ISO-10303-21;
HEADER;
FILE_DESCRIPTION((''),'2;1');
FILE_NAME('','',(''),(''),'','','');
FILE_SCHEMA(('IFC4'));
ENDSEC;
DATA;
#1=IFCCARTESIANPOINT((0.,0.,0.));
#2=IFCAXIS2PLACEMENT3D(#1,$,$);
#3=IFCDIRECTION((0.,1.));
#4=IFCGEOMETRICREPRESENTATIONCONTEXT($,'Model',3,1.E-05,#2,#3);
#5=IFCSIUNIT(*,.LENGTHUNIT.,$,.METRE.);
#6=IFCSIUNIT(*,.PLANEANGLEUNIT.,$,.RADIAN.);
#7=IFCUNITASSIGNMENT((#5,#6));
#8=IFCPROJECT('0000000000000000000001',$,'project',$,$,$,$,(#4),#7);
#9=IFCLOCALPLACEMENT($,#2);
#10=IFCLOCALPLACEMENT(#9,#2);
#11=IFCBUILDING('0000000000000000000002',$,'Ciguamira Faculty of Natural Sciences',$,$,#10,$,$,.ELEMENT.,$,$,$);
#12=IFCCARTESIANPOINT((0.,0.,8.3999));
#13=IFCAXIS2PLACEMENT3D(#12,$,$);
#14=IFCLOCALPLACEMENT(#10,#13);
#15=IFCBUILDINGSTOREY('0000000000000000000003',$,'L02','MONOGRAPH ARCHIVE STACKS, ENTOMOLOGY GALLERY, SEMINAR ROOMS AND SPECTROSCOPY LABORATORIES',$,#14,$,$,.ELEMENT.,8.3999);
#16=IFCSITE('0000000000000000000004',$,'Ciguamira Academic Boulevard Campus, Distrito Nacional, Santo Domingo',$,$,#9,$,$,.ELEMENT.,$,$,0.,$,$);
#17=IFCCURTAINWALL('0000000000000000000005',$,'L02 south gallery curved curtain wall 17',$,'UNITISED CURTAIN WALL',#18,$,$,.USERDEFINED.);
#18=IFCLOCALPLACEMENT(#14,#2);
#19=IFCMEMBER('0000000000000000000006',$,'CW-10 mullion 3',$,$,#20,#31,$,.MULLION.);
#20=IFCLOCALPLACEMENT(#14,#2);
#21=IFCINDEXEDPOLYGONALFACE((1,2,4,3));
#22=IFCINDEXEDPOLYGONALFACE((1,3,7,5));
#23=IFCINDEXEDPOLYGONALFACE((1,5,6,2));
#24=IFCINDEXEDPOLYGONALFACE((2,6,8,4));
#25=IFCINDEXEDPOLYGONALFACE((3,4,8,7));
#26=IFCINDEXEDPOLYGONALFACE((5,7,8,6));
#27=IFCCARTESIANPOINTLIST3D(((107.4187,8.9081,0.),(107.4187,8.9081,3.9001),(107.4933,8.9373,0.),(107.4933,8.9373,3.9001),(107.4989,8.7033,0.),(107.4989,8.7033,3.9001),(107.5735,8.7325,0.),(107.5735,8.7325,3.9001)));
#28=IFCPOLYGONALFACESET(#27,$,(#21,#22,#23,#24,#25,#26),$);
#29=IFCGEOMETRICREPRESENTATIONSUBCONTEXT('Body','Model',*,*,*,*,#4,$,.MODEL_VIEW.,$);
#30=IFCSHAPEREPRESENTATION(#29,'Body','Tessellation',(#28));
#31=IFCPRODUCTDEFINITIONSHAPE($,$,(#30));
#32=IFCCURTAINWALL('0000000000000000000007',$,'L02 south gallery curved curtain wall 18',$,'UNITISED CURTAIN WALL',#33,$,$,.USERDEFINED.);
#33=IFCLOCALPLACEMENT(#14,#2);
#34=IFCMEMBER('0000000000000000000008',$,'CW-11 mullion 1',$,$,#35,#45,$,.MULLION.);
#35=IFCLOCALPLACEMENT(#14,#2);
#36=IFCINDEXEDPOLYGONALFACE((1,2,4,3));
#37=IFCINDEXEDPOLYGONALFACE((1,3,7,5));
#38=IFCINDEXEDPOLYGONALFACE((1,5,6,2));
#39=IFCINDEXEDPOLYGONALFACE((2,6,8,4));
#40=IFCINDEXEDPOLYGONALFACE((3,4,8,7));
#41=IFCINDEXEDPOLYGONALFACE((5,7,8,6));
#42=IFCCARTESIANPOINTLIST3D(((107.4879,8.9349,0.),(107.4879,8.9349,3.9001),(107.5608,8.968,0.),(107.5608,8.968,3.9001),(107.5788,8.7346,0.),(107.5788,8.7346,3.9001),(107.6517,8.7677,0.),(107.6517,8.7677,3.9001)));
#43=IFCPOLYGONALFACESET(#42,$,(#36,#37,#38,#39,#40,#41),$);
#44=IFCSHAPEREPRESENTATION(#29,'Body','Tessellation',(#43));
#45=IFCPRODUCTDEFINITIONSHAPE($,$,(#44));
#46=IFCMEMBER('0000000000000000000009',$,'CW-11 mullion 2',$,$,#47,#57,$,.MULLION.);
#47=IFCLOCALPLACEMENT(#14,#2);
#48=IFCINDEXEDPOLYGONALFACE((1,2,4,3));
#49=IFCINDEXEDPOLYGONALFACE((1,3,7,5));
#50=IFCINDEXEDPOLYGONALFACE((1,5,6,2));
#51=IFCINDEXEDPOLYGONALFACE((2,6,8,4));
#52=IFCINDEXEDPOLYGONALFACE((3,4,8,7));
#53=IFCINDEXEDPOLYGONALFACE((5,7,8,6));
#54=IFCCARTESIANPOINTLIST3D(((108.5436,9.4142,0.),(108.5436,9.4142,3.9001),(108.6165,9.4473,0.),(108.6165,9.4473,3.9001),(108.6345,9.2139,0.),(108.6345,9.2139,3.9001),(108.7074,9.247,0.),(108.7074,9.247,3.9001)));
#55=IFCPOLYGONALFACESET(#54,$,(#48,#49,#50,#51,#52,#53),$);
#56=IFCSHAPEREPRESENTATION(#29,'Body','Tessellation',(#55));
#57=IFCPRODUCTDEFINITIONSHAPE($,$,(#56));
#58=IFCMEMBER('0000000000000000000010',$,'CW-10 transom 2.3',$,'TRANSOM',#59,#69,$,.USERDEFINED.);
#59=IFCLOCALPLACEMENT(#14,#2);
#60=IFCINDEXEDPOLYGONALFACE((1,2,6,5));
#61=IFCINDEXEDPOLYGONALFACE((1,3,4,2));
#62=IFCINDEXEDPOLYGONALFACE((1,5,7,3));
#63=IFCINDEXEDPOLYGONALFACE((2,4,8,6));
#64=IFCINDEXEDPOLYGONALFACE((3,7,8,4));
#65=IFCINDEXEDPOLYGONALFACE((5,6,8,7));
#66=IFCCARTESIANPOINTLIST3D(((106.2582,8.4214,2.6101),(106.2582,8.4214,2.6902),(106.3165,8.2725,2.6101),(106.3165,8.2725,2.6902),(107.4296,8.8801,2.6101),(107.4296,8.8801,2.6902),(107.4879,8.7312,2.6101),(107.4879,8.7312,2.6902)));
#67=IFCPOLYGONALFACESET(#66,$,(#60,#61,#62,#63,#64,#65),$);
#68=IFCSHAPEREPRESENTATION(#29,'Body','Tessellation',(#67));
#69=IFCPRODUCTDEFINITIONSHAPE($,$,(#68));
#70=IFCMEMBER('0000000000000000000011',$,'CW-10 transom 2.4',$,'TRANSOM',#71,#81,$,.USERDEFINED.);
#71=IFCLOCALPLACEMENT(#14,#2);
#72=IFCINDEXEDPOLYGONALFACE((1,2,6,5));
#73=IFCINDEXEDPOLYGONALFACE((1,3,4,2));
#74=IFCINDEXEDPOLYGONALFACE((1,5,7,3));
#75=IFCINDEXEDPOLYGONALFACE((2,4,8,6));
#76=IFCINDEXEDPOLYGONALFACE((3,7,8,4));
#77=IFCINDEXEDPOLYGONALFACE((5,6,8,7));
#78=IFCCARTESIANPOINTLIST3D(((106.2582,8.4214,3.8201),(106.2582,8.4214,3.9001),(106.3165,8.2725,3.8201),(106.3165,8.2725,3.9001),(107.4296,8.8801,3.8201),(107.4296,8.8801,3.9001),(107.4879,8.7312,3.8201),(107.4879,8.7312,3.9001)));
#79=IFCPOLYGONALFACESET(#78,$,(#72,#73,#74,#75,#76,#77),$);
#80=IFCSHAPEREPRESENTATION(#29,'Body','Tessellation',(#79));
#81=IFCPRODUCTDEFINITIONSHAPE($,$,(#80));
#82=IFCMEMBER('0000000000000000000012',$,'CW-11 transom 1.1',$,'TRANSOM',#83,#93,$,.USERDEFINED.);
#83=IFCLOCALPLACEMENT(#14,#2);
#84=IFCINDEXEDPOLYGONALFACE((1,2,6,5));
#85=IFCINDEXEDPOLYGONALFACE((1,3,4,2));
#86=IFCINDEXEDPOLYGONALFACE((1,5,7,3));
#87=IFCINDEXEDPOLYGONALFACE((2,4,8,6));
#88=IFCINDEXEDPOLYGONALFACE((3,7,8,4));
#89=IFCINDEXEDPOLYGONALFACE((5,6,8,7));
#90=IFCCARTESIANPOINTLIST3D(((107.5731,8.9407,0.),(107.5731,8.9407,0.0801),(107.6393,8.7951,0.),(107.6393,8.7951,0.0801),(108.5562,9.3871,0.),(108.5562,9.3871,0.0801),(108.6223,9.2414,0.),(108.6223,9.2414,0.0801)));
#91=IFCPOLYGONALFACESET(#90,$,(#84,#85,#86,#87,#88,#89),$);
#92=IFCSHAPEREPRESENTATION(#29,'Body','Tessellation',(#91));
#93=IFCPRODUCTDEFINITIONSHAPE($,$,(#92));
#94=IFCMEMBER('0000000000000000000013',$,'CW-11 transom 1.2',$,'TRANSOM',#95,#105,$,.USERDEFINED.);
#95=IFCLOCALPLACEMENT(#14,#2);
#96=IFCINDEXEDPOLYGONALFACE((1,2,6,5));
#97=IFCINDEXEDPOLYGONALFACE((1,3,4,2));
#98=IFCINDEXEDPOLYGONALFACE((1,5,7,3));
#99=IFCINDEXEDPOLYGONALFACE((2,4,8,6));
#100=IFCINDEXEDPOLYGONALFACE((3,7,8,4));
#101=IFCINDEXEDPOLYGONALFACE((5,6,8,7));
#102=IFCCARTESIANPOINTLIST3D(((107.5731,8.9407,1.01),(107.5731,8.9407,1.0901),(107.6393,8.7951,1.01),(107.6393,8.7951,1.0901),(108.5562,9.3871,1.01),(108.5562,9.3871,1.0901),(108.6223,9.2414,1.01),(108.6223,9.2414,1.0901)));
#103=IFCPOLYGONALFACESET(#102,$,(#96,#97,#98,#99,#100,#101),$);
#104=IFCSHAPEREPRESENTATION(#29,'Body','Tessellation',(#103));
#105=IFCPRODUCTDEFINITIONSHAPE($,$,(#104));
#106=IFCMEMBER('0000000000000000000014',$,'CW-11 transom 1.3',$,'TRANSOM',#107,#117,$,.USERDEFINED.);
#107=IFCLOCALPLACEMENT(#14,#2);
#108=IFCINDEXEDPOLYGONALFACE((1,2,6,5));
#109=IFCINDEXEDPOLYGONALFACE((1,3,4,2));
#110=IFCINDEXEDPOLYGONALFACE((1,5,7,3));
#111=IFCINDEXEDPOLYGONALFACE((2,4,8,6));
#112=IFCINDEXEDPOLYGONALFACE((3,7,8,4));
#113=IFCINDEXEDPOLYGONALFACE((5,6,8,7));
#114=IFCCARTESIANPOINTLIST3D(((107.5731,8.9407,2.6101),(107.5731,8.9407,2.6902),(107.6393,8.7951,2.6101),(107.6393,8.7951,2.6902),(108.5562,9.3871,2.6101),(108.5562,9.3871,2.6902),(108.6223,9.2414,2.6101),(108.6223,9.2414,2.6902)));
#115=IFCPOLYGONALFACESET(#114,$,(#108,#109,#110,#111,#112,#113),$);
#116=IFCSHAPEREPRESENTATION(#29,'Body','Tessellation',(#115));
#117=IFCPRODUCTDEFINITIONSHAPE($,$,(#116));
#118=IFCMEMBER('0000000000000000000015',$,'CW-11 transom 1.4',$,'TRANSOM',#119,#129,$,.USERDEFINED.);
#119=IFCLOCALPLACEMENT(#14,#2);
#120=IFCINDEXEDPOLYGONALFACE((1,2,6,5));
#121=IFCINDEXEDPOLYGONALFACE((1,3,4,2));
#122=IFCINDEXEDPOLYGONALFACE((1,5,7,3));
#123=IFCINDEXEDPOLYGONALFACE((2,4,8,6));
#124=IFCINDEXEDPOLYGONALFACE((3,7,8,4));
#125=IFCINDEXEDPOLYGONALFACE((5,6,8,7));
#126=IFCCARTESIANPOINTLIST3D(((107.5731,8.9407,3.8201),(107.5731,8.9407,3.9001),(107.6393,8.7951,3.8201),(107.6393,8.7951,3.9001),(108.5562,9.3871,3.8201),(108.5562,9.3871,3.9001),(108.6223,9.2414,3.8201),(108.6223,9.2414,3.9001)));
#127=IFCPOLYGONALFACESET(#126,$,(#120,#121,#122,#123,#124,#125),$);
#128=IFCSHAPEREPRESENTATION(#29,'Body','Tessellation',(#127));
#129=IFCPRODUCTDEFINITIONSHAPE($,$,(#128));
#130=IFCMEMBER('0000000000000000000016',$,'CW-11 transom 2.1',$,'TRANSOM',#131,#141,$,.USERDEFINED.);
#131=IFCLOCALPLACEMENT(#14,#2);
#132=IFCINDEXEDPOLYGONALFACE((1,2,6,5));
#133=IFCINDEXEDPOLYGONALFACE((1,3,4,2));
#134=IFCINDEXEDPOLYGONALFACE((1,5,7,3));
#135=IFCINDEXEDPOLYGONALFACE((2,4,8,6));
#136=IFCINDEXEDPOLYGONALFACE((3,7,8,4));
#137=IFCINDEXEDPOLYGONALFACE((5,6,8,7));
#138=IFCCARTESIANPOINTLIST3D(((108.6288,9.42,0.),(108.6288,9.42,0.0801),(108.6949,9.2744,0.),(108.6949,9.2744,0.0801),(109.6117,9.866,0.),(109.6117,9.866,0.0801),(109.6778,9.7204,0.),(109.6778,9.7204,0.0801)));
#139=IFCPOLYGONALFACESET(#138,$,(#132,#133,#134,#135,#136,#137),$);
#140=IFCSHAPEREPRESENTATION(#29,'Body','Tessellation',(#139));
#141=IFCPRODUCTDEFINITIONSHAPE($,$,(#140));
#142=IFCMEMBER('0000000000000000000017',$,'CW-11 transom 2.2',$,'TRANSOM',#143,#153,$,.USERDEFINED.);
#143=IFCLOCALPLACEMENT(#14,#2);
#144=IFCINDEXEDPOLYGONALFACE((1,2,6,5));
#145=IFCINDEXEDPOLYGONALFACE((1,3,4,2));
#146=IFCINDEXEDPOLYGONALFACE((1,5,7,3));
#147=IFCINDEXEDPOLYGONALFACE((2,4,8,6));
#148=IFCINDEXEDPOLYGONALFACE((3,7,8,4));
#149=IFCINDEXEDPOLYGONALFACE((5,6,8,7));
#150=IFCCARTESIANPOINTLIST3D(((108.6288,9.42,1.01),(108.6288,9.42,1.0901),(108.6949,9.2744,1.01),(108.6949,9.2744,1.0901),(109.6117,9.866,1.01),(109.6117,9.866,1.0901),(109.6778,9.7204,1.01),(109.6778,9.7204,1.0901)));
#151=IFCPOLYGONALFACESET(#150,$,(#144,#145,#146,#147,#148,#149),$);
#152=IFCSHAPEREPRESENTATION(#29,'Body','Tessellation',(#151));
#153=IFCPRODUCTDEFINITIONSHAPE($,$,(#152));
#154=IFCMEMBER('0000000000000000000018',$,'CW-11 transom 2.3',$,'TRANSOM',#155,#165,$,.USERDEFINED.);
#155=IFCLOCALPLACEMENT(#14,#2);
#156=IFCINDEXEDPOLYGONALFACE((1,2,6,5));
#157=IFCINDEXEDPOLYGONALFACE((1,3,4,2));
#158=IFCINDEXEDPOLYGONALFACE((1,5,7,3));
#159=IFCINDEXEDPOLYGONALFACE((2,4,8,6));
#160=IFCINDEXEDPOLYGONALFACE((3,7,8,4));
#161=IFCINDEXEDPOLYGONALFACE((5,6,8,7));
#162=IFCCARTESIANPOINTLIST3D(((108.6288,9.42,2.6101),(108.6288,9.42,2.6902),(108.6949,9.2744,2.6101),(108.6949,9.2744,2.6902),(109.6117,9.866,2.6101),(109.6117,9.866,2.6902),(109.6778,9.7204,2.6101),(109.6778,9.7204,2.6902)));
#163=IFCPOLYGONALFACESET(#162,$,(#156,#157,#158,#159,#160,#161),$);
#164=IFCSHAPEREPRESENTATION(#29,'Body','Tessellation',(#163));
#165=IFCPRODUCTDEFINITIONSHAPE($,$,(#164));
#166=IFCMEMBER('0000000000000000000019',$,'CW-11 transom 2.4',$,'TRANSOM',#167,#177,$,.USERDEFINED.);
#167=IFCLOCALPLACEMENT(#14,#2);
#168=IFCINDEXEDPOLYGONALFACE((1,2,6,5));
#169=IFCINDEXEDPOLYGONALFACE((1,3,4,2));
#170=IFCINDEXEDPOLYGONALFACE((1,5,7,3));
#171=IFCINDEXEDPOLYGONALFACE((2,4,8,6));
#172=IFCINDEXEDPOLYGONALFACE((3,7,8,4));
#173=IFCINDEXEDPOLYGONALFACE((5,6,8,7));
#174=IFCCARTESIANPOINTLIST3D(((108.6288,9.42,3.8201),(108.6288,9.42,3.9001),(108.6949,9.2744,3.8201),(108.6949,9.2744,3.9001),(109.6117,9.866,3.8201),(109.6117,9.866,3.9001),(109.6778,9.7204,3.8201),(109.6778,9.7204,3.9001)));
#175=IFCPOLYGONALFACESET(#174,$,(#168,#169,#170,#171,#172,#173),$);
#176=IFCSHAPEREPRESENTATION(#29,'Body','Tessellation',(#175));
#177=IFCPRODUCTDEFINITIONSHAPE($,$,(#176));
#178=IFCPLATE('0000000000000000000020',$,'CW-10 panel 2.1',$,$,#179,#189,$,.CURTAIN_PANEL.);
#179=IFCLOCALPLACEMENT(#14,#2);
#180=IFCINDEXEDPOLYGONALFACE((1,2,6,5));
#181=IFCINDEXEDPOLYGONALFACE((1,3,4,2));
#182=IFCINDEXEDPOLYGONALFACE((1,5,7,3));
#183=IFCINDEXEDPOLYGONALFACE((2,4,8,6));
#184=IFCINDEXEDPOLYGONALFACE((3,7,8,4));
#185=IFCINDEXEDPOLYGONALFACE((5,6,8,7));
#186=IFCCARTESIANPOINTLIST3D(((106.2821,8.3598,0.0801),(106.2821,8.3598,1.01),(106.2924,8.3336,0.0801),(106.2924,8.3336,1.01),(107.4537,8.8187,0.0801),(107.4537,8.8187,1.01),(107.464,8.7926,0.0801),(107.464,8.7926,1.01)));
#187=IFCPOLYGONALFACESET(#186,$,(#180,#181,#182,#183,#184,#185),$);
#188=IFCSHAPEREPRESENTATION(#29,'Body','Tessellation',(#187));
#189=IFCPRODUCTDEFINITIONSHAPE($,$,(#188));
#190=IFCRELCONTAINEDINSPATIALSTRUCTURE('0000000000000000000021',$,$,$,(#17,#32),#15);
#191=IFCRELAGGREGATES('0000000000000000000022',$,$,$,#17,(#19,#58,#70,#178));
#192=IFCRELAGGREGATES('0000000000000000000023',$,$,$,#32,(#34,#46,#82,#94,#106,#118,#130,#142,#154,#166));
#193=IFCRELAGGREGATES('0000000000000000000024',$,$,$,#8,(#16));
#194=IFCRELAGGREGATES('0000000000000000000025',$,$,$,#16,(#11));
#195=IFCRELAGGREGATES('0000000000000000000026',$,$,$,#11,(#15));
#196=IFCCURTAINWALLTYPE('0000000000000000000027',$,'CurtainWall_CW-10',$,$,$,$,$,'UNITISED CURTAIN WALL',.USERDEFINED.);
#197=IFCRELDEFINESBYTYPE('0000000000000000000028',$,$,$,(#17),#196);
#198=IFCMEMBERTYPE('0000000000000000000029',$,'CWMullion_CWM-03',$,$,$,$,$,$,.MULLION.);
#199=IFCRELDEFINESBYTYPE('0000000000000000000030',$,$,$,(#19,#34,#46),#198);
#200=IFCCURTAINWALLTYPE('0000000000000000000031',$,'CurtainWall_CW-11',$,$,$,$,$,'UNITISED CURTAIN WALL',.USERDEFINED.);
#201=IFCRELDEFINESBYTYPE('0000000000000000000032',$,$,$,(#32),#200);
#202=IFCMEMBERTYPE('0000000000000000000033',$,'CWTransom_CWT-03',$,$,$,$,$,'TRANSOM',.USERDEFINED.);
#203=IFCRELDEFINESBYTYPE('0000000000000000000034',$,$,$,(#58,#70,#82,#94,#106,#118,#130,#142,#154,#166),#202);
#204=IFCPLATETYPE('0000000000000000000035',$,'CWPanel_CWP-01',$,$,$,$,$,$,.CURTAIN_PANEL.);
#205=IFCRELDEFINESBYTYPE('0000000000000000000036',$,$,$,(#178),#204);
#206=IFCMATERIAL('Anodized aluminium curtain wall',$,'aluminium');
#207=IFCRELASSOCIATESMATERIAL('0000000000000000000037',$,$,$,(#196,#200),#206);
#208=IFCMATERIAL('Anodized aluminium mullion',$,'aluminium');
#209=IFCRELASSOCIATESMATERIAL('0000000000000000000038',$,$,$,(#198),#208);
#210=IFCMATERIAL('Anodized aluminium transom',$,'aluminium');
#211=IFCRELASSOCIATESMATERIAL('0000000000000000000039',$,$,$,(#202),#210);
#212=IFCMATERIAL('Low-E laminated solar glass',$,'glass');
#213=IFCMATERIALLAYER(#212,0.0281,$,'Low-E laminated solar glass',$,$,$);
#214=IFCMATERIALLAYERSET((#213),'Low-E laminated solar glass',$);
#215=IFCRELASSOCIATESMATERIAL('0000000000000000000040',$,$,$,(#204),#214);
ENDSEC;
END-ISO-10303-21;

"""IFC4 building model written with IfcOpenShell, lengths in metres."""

from ifc_helpers import new_model, si_unit, direction, frame, origin, origin_2d, place, context, subcontext, project, spatial, rectangle, extrude, material, layer, layer_set, material_profile, profile_set, type_object, element, aggregate, save


model = new_model("IFC4")

# Units and contexts
model_context = context("Model", 3, precision=1e-05, world=origin(), true_north=direction((0.0, 1.0)))
body_context = subcontext(model_context, "Body", "Model", "MODEL_VIEW")
ifc_project = project(units=[si_unit("LENGTHUNIT", "METRE"), si_unit("PLANEANGLEUNIT", "RADIAN")], contexts=[model_context])

# Site, building, storey
site_placement = place(None, origin())
site = spatial("IfcSite", under=ifc_project, at=site_placement, Name="Ciguamira Academic Boulevard Campus, Distrito Nacional, Santo Domingo", CompositionType="ELEMENT", RefElevation=0.0)
building_placement = place(site_placement, origin())
building = spatial("IfcBuilding", under=site, at=building_placement, Name="Ciguamira Faculty of Natural Sciences", CompositionType="ELEMENT")
storey_placement = place(building_placement, frame((0.0, 0.0, 8.3999)))
storey = spatial("IfcBuildingStorey", under=building, at=storey_placement, Name="L02", Description="MONOGRAPH ARCHIVE STACKS, ENTOMOLOGY GALLERY, SEMINAR ROOMS AND SPECTROSCOPY LABORATORIES", CompositionType="ELEMENT", Elevation=8.3999)

# Curtain wall, member
ifc_material_1 = material(Name="Anodized aluminium curtain wall", Category="aluminium")
curtain_wall_type_1 = type_object("IfcCurtainWallType", Name="CurtainWall_CW-10", ElementType="UNITISED CURTAIN WALL", PredefinedType="USERDEFINED", material=ifc_material_1)
curtain_wall_1_placement = place(storey_placement, origin())
curtain_wall_1 = element("IfcCurtainWall", 1, at=curtain_wall_1_placement, inside=storey, type_object=curtain_wall_type_1, Name="L02 south gallery curved curtain wall 17", ObjectType="UNITISED CURTAIN WALL", PredefinedType="USERDEFINED")
ifc_material_2 = material(Name="Anodized aluminium mullion", Category="aluminium")
ifc_material_profile_1 = material_profile(ifc_material_2, rectangle(XDim=0.0801, YDim=0.22, at=origin_2d()), Name="ALU-MUL-80X220")
ifc_profile_set_1 = profile_set([ifc_material_profile_1], Name="Anodized aluminium mullion")
member_type_1 = type_object("IfcMemberType", Name="CWMullion_CWM-03", PredefinedType="MULLION", material=ifc_profile_set_1)
member_1_placement = place(storey_placement, frame((107.4961, 8.8203, 0.0), z_axis=(0.0, 0.0, 1.0), x_axis=(0.931122, 0.364707, 0.0)))
member_1 = element("IfcMember", 2, at=member_1_placement, type_object=member_type_1, Name="CW-10 mullion 3", PredefinedType="MULLION", context=body_context, shape_type="SweptSolid", body=[
    extrude(rectangle(XDim=0.0801, YDim=0.22, at=origin_2d()), origin(), (0.0, 0.0, 1.0), 3.9001),
])

# Curtain wall, members
curtain_wall_type_2 = type_object("IfcCurtainWallType", Name="CurtainWall_CW-11", ElementType="UNITISED CURTAIN WALL", PredefinedType="USERDEFINED", material=ifc_material_1)
curtain_wall_2_placement = place(storey_placement, origin())
curtain_wall_2 = element("IfcCurtainWall", 3, at=curtain_wall_2_placement, inside=storey, type_object=curtain_wall_type_2, Name="L02 south gallery curved curtain wall 18", ObjectType="UNITISED CURTAIN WALL", PredefinedType="USERDEFINED")
member_2_placement = place(storey_placement, frame((107.5698, 8.8513, 0.0), z_axis=(0.0, 0.0, 1.0), x_axis=(0.910581, 0.413332, 0.0)))
member_2 = element("IfcMember", 4, at=member_2_placement, type_object=member_type_1, Name="CW-11 mullion 1", PredefinedType="MULLION", context=body_context, shape_type="SweptSolid", body=[
    extrude(rectangle(XDim=0.0801, YDim=0.22, at=origin_2d()), origin(), (0.0, 0.0, 1.0), 3.9001),
])
member_3_placement = place(storey_placement, frame((108.6255, 9.3306, 0.0), z_axis=(0.0, 0.0, 1.0), x_axis=(0.910581, 0.413332, 0.0)))
member_3 = element("IfcMember", 5, at=member_3_placement, type_object=member_type_1, Name="CW-11 mullion 2", PredefinedType="MULLION", context=body_context, shape_type="SweptSolid", body=[
    extrude(rectangle(XDim=0.0801, YDim=0.22, at=origin_2d()), origin(), (0.0, 0.0, 1.0), 3.9001),
])

# Members
ifc_material_3 = material(Name="Anodized aluminium transom", Category="aluminium")
ifc_material_profile_2 = material_profile(ifc_material_3, rectangle(XDim=0.0801, YDim=0.1599, at=origin_2d()), Name="ALU-TRN-80X160")
ifc_profile_set_2 = profile_set([ifc_material_profile_2], Name="Anodized aluminium transom")
member_type_2 = type_object("IfcMemberType", Name="CWTransom_CWT-03", ElementType="TRANSOM", PredefinedType="USERDEFINED", material=ifc_profile_set_2)
member_4_placement = place(storey_placement, frame((106.2874, 8.3469, 2.6501), z_axis=(0.931143, 0.364655, 0.0), x_axis=(0.0, 0.0, 1.0)))
member_4 = element("IfcMember", 6, at=member_4_placement, type_object=member_type_2, Name="CW-10 transom 2.3", ObjectType="TRANSOM", PredefinedType="USERDEFINED", context=body_context, shape_type="SweptSolid", body=[
    extrude(rectangle(XDim=0.0801, YDim=0.1599, at=origin_2d()), origin(), (0.0, 0.0, 1.0), 1.2581),
])
member_5_placement = place(storey_placement, frame((106.2874, 8.3469, 3.8601), z_axis=(0.931143, 0.364655, 0.0), x_axis=(0.0, 0.0, 1.0)))
member_5 = element("IfcMember", 7, at=member_5_placement, type_object=member_type_2, Name="CW-10 transom 2.4", ObjectType="TRANSOM", PredefinedType="USERDEFINED", context=body_context, shape_type="SweptSolid", body=[
    extrude(rectangle(XDim=0.0801, YDim=0.1599, at=origin_2d()), origin(), (0.0, 0.0, 1.0), 1.2581),
])
member_6_placement = place(storey_placement, frame((107.6062, 8.8679, 0.04), z_axis=(0.910537, 0.413428, 0.0), x_axis=(0.0, 0.0, 1.0)))
member_6 = element("IfcMember", 8, at=member_6_placement, type_object=member_type_2, Name="CW-11 transom 1.1", ObjectType="TRANSOM", PredefinedType="USERDEFINED", context=body_context, shape_type="SweptSolid", body=[
    extrude(rectangle(XDim=0.0801, YDim=0.1599, at=origin_2d()), origin(), (0.0, 0.0, 1.0), 1.0796),
])
member_7_placement = place(storey_placement, frame((107.6062, 8.8679, 1.05), z_axis=(0.910537, 0.413428, 0.0), x_axis=(0.0, 0.0, 1.0)))
member_7 = element("IfcMember", 9, at=member_7_placement, type_object=member_type_2, Name="CW-11 transom 1.2", ObjectType="TRANSOM", PredefinedType="USERDEFINED", context=body_context, shape_type="SweptSolid", body=[
    extrude(rectangle(XDim=0.0801, YDim=0.1599, at=origin_2d()), origin(), (0.0, 0.0, 1.0), 1.0796),
])
member_8_placement = place(storey_placement, frame((107.6062, 8.8679, 2.6501), z_axis=(0.910537, 0.413428, 0.0), x_axis=(0.0, 0.0, 1.0)))
member_8 = element("IfcMember", 10, at=member_8_placement, type_object=member_type_2, Name="CW-11 transom 1.3", ObjectType="TRANSOM", PredefinedType="USERDEFINED", context=body_context, shape_type="SweptSolid", body=[
    extrude(rectangle(XDim=0.0801, YDim=0.1599, at=origin_2d()), origin(), (0.0, 0.0, 1.0), 1.0796),
])
member_9_placement = place(storey_placement, frame((107.6062, 8.8679, 3.8601), z_axis=(0.910537, 0.413428, 0.0), x_axis=(0.0, 0.0, 1.0)))
member_9 = element("IfcMember", 11, at=member_9_placement, type_object=member_type_2, Name="CW-11 transom 1.4", ObjectType="TRANSOM", PredefinedType="USERDEFINED", context=body_context, shape_type="SweptSolid", body=[
    extrude(rectangle(XDim=0.0801, YDim=0.1599, at=origin_2d()), origin(), (0.0, 0.0, 1.0), 1.0796),
])
member_10_placement = place(storey_placement, frame((108.6619, 9.3472, 0.04), z_axis=(0.910622, 0.413241, 0.0), x_axis=(0.0, 0.0, 1.0)))
member_10 = element("IfcMember", 12, at=member_10_placement, type_object=member_type_2, Name="CW-11 transom 2.1", ObjectType="TRANSOM", PredefinedType="USERDEFINED", context=body_context, shape_type="SweptSolid", body=[
    extrude(rectangle(XDim=0.0801, YDim=0.1599, at=origin_2d()), origin(), (0.0, 0.0, 1.0), 1.0793),
])
member_11_placement = place(storey_placement, frame((108.6619, 9.3472, 1.05), z_axis=(0.910622, 0.413241, 0.0), x_axis=(0.0, 0.0, 1.0)))
member_11 = element("IfcMember", 13, at=member_11_placement, type_object=member_type_2, Name="CW-11 transom 2.2", ObjectType="TRANSOM", PredefinedType="USERDEFINED", context=body_context, shape_type="SweptSolid", body=[
    extrude(rectangle(XDim=0.0801, YDim=0.1599, at=origin_2d()), origin(), (0.0, 0.0, 1.0), 1.0793),
])
member_12_placement = place(storey_placement, frame((108.6619, 9.3472, 2.6501), z_axis=(0.910622, 0.413241, 0.0), x_axis=(0.0, 0.0, 1.0)))
member_12 = element("IfcMember", 14, at=member_12_placement, type_object=member_type_2, Name="CW-11 transom 2.3", ObjectType="TRANSOM", PredefinedType="USERDEFINED", context=body_context, shape_type="SweptSolid", body=[
    extrude(rectangle(XDim=0.0801, YDim=0.1599, at=origin_2d()), origin(), (0.0, 0.0, 1.0), 1.0793),
])
member_13_placement = place(storey_placement, frame((108.6619, 9.3472, 3.8601), z_axis=(0.910622, 0.413241, 0.0), x_axis=(0.0, 0.0, 1.0)))
member_13 = element("IfcMember", 15, at=member_13_placement, type_object=member_type_2, Name="CW-11 transom 2.4", ObjectType="TRANSOM", PredefinedType="USERDEFINED", context=body_context, shape_type="SweptSolid", body=[
    extrude(rectangle(XDim=0.0801, YDim=0.1599, at=origin_2d()), origin(), (0.0, 0.0, 1.0), 1.0793),
])

# Plate
ifc_material_4 = material(Name="Low-E laminated solar glass", Category="glass")
ifc_layer = layer(ifc_material_4, 0.0281, Name="Low-E laminated solar glass")
ifc_layer_set = layer_set([ifc_layer], Name="Low-E laminated solar glass")
plate_type = type_object("IfcPlateType", Name="CWPanel_CWP-01", PredefinedType="CURTAIN_PANEL", material=ifc_layer_set)
plate_1_placement = place(storey_placement, frame((106.873, 8.5762, 0.0801), z_axis=(0.0, 0.0, 1.0), x_axis=(0.931122, 0.364707, 0.0)))
plate_1 = element("IfcPlate", 16, at=plate_1_placement, type_object=plate_type, Name="CW-10 panel 2.1", PredefinedType="CURTAIN_PANEL", context=body_context, shape_type="SweptSolid", body=[
    extrude(rectangle(XDim=1.2583, YDim=0.0281, at=origin_2d()), origin(), (0.0, 0.0, 1.0), 0.9299),
])
aggregate(curtain_wall_1, [member_1, member_4, member_5, plate_1])
aggregate(curtain_wall_2, [member_2, member_3, member_6, member_7, member_8, member_9, member_10, member_11, member_12, member_13])

save(model, "model.ifc")
